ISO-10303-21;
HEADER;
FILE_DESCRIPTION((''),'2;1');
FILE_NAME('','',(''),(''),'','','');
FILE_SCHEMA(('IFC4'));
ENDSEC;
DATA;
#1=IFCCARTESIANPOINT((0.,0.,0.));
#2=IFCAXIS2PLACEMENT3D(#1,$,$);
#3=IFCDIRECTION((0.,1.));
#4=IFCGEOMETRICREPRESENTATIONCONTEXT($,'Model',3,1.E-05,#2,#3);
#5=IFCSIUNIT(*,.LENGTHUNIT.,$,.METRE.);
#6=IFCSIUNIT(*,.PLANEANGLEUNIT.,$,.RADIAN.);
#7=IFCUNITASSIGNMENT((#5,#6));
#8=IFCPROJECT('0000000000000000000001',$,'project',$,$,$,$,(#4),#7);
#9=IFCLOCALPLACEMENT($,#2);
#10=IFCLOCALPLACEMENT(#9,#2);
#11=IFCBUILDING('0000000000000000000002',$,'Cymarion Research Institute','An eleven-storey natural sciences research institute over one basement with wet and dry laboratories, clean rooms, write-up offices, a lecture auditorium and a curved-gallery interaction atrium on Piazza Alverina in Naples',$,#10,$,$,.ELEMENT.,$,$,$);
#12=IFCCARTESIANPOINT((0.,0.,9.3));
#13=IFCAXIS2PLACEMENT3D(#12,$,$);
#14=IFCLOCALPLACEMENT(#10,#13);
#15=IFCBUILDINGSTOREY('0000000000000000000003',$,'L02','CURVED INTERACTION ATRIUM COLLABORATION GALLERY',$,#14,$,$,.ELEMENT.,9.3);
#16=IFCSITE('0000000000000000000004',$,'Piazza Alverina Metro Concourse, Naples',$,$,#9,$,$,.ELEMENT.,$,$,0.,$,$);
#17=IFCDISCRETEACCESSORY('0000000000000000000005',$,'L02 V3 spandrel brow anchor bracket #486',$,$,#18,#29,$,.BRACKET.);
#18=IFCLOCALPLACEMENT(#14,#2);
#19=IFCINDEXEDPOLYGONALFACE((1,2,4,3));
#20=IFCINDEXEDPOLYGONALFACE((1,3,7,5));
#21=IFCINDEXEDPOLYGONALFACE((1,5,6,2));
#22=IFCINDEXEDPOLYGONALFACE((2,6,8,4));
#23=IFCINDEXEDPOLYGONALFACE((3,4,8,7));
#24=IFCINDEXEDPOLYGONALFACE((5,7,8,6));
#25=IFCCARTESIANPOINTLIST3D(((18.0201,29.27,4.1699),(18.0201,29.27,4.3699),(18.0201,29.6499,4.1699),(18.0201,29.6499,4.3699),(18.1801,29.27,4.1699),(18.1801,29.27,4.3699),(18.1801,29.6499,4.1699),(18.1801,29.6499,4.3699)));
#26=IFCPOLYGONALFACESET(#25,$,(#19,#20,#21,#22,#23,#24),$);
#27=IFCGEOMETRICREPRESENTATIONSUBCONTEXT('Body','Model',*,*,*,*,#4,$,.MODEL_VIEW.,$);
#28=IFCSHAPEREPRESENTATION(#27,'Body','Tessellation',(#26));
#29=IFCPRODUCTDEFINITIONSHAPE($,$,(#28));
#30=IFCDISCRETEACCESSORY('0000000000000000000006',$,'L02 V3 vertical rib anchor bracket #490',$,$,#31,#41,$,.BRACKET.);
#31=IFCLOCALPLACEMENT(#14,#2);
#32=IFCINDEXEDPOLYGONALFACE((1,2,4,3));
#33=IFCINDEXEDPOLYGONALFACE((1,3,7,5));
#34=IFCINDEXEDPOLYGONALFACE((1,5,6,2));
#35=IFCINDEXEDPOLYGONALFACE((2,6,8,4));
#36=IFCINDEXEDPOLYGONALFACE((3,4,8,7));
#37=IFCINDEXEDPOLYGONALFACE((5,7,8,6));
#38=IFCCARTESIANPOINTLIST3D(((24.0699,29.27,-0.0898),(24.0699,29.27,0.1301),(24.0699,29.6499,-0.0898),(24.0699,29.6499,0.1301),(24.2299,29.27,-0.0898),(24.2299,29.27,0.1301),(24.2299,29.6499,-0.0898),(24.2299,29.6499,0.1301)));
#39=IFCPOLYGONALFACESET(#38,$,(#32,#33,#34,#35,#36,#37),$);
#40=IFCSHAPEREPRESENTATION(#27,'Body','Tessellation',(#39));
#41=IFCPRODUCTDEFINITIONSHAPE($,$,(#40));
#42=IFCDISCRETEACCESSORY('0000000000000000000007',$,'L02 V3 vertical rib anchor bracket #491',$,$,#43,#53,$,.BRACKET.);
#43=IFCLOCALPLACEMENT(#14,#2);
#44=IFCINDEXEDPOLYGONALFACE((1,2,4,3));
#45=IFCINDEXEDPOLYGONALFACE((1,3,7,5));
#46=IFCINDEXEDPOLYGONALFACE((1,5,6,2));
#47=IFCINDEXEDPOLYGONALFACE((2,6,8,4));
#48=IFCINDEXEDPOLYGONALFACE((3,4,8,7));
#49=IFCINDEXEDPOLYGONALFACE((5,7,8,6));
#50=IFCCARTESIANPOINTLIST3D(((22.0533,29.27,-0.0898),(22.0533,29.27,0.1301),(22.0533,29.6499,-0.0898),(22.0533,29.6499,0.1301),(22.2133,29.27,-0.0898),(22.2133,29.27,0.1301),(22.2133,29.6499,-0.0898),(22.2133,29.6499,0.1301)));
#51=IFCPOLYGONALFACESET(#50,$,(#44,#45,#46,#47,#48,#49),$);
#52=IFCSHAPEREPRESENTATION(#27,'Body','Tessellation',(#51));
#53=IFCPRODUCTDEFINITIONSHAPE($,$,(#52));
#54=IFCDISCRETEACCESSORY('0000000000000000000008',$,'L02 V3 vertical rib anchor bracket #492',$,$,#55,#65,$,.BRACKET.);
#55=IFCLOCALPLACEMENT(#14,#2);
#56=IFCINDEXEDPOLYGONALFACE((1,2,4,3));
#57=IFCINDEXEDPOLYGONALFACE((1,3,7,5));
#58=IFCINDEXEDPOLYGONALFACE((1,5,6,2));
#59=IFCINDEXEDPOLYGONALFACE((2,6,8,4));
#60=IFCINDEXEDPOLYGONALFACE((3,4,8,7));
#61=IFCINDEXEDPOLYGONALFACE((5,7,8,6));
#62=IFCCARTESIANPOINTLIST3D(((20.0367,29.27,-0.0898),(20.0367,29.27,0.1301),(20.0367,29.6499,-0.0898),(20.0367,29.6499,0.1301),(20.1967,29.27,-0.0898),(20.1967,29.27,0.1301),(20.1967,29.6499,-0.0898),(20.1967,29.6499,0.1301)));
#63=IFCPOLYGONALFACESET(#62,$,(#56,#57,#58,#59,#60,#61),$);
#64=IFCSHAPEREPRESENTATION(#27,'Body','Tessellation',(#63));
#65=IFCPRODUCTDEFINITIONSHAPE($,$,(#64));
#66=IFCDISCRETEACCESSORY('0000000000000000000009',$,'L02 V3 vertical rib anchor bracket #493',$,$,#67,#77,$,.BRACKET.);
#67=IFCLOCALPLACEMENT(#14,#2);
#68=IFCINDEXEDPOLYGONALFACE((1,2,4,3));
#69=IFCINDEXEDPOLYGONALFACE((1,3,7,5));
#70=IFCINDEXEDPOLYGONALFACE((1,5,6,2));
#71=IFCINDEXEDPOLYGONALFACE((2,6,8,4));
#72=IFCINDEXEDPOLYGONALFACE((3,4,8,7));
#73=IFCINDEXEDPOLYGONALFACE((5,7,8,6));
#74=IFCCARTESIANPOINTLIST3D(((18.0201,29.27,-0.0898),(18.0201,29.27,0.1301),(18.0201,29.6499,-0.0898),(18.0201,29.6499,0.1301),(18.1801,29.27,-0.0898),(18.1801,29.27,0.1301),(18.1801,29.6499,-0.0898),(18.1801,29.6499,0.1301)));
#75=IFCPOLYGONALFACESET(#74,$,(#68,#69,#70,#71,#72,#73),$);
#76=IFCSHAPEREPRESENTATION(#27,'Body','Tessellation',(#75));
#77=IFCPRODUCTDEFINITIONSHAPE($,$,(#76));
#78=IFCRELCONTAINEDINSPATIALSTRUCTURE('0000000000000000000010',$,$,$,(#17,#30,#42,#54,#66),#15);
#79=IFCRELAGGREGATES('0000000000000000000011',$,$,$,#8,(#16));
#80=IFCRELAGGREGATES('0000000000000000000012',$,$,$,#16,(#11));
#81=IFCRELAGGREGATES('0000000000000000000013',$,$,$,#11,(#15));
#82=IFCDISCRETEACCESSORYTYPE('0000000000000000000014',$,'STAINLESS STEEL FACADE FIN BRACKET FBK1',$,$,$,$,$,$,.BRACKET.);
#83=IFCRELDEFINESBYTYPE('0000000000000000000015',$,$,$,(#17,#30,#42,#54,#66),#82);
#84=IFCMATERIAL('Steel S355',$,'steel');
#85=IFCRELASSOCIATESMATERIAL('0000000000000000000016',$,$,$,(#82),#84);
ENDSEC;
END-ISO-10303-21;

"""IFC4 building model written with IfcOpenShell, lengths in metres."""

from ifc_helpers import new_model, si_unit, direction, frame, origin, origin_2d, place, context, subcontext, project, spatial, rectangle, extrude, material, type_object, element, save


model = new_model("IFC4")

# Units and contexts
model_context = context("Model", 3, precision=1e-05, world=origin(), true_north=direction((0.0, 1.0)))
body_context = subcontext(model_context, "Body", "Model", "MODEL_VIEW")
ifc_project = project(units=[si_unit("LENGTHUNIT", "METRE"), si_unit("PLANEANGLEUNIT", "RADIAN")], contexts=[model_context])

# Site, building, storey
site_placement = place(None, origin())
site = spatial("IfcSite", under=ifc_project, at=site_placement, Name="Piazza Alverina Metro Concourse, Naples", CompositionType="ELEMENT", RefElevation=0.0)
building_placement = place(site_placement, origin())
building = spatial("IfcBuilding", under=site, at=building_placement, Name="Cymarion Research Institute", Description="An eleven-storey natural sciences research institute over one basement with wet and dry laboratories, clean rooms, write-up offices, a lecture auditorium and a curved-gallery interaction atrium on Piazza Alverina in Naples", CompositionType="ELEMENT")
storey_placement = place(building_placement, frame((0.0, 0.0, 9.3)))
storey = spatial("IfcBuildingStorey", under=building, at=storey_placement, Name="L02", Description="CURVED INTERACTION ATRIUM COLLABORATION GALLERY", CompositionType="ELEMENT", Elevation=9.3)

# Shared definitions
ifc_material_1 = material(Name="Steel S355", Category="steel")

# Discrete accessories
discrete_accessory_type = type_object("IfcDiscreteAccessoryType", Name="STAINLESS STEEL FACADE FIN BRACKET FBK1", PredefinedType="BRACKET", material=ifc_material_1)
discrete_accessory_placement = place(storey_placement, frame((18.1001, 29.46, 4.1699), z_axis=(0.0, 0.0, 1.0), x_axis=(0.0, 1.0, 0.0)))
element("IfcDiscreteAccessory", 1, at=discrete_accessory_placement, inside=storey, type_object=discrete_accessory_type, Name="L02 V3 spandrel brow anchor bracket #486", PredefinedType="BRACKET", context=body_context, shape_type="SweptSolid", body=[
    extrude(rectangle(XDim=0.3799, YDim=0.1599, at=origin_2d()), origin(), (0.0, 0.0, 1.0), 0.2),
])
for number, where, z_axis, x_axis, name in (
    (2, (24.1499, 29.46, -0.0898), (0.0, 0.0, 1.0), (0.0, 1.0, 0.0), "L02 V3 vertical rib anchor bracket #490"),
    (3, (22.1333, 29.46, -0.0898), (0.0, 0.0, 1.0), (0.0, 1.0, 0.0), "L02 V3 vertical rib anchor bracket #491"),
    (4, (20.1167, 29.46, -0.0898), (0.0, 0.0, 1.0), (0.0, 1.0, 0.0), "L02 V3 vertical rib anchor bracket #492"),
    (5, (18.1001, 29.46, -0.0898), (0.0, 0.0, 1.0), (0.0, 1.0, 0.0), "L02 V3 vertical rib anchor bracket #493"),
):
    element("IfcDiscreteAccessory", number, at=place(storey_placement, frame(where, z_axis=z_axis, x_axis=x_axis)), inside=storey, type_object=discrete_accessory_type, Name=name, PredefinedType="BRACKET", context=body_context, shape_type="SweptSolid", body=[
        extrude(rectangle(XDim=0.3799, YDim=0.1599, at=origin_2d()), origin(), (0.0, 0.0, 1.0), 0.22),
    ])

save(model, "model.ifc")
